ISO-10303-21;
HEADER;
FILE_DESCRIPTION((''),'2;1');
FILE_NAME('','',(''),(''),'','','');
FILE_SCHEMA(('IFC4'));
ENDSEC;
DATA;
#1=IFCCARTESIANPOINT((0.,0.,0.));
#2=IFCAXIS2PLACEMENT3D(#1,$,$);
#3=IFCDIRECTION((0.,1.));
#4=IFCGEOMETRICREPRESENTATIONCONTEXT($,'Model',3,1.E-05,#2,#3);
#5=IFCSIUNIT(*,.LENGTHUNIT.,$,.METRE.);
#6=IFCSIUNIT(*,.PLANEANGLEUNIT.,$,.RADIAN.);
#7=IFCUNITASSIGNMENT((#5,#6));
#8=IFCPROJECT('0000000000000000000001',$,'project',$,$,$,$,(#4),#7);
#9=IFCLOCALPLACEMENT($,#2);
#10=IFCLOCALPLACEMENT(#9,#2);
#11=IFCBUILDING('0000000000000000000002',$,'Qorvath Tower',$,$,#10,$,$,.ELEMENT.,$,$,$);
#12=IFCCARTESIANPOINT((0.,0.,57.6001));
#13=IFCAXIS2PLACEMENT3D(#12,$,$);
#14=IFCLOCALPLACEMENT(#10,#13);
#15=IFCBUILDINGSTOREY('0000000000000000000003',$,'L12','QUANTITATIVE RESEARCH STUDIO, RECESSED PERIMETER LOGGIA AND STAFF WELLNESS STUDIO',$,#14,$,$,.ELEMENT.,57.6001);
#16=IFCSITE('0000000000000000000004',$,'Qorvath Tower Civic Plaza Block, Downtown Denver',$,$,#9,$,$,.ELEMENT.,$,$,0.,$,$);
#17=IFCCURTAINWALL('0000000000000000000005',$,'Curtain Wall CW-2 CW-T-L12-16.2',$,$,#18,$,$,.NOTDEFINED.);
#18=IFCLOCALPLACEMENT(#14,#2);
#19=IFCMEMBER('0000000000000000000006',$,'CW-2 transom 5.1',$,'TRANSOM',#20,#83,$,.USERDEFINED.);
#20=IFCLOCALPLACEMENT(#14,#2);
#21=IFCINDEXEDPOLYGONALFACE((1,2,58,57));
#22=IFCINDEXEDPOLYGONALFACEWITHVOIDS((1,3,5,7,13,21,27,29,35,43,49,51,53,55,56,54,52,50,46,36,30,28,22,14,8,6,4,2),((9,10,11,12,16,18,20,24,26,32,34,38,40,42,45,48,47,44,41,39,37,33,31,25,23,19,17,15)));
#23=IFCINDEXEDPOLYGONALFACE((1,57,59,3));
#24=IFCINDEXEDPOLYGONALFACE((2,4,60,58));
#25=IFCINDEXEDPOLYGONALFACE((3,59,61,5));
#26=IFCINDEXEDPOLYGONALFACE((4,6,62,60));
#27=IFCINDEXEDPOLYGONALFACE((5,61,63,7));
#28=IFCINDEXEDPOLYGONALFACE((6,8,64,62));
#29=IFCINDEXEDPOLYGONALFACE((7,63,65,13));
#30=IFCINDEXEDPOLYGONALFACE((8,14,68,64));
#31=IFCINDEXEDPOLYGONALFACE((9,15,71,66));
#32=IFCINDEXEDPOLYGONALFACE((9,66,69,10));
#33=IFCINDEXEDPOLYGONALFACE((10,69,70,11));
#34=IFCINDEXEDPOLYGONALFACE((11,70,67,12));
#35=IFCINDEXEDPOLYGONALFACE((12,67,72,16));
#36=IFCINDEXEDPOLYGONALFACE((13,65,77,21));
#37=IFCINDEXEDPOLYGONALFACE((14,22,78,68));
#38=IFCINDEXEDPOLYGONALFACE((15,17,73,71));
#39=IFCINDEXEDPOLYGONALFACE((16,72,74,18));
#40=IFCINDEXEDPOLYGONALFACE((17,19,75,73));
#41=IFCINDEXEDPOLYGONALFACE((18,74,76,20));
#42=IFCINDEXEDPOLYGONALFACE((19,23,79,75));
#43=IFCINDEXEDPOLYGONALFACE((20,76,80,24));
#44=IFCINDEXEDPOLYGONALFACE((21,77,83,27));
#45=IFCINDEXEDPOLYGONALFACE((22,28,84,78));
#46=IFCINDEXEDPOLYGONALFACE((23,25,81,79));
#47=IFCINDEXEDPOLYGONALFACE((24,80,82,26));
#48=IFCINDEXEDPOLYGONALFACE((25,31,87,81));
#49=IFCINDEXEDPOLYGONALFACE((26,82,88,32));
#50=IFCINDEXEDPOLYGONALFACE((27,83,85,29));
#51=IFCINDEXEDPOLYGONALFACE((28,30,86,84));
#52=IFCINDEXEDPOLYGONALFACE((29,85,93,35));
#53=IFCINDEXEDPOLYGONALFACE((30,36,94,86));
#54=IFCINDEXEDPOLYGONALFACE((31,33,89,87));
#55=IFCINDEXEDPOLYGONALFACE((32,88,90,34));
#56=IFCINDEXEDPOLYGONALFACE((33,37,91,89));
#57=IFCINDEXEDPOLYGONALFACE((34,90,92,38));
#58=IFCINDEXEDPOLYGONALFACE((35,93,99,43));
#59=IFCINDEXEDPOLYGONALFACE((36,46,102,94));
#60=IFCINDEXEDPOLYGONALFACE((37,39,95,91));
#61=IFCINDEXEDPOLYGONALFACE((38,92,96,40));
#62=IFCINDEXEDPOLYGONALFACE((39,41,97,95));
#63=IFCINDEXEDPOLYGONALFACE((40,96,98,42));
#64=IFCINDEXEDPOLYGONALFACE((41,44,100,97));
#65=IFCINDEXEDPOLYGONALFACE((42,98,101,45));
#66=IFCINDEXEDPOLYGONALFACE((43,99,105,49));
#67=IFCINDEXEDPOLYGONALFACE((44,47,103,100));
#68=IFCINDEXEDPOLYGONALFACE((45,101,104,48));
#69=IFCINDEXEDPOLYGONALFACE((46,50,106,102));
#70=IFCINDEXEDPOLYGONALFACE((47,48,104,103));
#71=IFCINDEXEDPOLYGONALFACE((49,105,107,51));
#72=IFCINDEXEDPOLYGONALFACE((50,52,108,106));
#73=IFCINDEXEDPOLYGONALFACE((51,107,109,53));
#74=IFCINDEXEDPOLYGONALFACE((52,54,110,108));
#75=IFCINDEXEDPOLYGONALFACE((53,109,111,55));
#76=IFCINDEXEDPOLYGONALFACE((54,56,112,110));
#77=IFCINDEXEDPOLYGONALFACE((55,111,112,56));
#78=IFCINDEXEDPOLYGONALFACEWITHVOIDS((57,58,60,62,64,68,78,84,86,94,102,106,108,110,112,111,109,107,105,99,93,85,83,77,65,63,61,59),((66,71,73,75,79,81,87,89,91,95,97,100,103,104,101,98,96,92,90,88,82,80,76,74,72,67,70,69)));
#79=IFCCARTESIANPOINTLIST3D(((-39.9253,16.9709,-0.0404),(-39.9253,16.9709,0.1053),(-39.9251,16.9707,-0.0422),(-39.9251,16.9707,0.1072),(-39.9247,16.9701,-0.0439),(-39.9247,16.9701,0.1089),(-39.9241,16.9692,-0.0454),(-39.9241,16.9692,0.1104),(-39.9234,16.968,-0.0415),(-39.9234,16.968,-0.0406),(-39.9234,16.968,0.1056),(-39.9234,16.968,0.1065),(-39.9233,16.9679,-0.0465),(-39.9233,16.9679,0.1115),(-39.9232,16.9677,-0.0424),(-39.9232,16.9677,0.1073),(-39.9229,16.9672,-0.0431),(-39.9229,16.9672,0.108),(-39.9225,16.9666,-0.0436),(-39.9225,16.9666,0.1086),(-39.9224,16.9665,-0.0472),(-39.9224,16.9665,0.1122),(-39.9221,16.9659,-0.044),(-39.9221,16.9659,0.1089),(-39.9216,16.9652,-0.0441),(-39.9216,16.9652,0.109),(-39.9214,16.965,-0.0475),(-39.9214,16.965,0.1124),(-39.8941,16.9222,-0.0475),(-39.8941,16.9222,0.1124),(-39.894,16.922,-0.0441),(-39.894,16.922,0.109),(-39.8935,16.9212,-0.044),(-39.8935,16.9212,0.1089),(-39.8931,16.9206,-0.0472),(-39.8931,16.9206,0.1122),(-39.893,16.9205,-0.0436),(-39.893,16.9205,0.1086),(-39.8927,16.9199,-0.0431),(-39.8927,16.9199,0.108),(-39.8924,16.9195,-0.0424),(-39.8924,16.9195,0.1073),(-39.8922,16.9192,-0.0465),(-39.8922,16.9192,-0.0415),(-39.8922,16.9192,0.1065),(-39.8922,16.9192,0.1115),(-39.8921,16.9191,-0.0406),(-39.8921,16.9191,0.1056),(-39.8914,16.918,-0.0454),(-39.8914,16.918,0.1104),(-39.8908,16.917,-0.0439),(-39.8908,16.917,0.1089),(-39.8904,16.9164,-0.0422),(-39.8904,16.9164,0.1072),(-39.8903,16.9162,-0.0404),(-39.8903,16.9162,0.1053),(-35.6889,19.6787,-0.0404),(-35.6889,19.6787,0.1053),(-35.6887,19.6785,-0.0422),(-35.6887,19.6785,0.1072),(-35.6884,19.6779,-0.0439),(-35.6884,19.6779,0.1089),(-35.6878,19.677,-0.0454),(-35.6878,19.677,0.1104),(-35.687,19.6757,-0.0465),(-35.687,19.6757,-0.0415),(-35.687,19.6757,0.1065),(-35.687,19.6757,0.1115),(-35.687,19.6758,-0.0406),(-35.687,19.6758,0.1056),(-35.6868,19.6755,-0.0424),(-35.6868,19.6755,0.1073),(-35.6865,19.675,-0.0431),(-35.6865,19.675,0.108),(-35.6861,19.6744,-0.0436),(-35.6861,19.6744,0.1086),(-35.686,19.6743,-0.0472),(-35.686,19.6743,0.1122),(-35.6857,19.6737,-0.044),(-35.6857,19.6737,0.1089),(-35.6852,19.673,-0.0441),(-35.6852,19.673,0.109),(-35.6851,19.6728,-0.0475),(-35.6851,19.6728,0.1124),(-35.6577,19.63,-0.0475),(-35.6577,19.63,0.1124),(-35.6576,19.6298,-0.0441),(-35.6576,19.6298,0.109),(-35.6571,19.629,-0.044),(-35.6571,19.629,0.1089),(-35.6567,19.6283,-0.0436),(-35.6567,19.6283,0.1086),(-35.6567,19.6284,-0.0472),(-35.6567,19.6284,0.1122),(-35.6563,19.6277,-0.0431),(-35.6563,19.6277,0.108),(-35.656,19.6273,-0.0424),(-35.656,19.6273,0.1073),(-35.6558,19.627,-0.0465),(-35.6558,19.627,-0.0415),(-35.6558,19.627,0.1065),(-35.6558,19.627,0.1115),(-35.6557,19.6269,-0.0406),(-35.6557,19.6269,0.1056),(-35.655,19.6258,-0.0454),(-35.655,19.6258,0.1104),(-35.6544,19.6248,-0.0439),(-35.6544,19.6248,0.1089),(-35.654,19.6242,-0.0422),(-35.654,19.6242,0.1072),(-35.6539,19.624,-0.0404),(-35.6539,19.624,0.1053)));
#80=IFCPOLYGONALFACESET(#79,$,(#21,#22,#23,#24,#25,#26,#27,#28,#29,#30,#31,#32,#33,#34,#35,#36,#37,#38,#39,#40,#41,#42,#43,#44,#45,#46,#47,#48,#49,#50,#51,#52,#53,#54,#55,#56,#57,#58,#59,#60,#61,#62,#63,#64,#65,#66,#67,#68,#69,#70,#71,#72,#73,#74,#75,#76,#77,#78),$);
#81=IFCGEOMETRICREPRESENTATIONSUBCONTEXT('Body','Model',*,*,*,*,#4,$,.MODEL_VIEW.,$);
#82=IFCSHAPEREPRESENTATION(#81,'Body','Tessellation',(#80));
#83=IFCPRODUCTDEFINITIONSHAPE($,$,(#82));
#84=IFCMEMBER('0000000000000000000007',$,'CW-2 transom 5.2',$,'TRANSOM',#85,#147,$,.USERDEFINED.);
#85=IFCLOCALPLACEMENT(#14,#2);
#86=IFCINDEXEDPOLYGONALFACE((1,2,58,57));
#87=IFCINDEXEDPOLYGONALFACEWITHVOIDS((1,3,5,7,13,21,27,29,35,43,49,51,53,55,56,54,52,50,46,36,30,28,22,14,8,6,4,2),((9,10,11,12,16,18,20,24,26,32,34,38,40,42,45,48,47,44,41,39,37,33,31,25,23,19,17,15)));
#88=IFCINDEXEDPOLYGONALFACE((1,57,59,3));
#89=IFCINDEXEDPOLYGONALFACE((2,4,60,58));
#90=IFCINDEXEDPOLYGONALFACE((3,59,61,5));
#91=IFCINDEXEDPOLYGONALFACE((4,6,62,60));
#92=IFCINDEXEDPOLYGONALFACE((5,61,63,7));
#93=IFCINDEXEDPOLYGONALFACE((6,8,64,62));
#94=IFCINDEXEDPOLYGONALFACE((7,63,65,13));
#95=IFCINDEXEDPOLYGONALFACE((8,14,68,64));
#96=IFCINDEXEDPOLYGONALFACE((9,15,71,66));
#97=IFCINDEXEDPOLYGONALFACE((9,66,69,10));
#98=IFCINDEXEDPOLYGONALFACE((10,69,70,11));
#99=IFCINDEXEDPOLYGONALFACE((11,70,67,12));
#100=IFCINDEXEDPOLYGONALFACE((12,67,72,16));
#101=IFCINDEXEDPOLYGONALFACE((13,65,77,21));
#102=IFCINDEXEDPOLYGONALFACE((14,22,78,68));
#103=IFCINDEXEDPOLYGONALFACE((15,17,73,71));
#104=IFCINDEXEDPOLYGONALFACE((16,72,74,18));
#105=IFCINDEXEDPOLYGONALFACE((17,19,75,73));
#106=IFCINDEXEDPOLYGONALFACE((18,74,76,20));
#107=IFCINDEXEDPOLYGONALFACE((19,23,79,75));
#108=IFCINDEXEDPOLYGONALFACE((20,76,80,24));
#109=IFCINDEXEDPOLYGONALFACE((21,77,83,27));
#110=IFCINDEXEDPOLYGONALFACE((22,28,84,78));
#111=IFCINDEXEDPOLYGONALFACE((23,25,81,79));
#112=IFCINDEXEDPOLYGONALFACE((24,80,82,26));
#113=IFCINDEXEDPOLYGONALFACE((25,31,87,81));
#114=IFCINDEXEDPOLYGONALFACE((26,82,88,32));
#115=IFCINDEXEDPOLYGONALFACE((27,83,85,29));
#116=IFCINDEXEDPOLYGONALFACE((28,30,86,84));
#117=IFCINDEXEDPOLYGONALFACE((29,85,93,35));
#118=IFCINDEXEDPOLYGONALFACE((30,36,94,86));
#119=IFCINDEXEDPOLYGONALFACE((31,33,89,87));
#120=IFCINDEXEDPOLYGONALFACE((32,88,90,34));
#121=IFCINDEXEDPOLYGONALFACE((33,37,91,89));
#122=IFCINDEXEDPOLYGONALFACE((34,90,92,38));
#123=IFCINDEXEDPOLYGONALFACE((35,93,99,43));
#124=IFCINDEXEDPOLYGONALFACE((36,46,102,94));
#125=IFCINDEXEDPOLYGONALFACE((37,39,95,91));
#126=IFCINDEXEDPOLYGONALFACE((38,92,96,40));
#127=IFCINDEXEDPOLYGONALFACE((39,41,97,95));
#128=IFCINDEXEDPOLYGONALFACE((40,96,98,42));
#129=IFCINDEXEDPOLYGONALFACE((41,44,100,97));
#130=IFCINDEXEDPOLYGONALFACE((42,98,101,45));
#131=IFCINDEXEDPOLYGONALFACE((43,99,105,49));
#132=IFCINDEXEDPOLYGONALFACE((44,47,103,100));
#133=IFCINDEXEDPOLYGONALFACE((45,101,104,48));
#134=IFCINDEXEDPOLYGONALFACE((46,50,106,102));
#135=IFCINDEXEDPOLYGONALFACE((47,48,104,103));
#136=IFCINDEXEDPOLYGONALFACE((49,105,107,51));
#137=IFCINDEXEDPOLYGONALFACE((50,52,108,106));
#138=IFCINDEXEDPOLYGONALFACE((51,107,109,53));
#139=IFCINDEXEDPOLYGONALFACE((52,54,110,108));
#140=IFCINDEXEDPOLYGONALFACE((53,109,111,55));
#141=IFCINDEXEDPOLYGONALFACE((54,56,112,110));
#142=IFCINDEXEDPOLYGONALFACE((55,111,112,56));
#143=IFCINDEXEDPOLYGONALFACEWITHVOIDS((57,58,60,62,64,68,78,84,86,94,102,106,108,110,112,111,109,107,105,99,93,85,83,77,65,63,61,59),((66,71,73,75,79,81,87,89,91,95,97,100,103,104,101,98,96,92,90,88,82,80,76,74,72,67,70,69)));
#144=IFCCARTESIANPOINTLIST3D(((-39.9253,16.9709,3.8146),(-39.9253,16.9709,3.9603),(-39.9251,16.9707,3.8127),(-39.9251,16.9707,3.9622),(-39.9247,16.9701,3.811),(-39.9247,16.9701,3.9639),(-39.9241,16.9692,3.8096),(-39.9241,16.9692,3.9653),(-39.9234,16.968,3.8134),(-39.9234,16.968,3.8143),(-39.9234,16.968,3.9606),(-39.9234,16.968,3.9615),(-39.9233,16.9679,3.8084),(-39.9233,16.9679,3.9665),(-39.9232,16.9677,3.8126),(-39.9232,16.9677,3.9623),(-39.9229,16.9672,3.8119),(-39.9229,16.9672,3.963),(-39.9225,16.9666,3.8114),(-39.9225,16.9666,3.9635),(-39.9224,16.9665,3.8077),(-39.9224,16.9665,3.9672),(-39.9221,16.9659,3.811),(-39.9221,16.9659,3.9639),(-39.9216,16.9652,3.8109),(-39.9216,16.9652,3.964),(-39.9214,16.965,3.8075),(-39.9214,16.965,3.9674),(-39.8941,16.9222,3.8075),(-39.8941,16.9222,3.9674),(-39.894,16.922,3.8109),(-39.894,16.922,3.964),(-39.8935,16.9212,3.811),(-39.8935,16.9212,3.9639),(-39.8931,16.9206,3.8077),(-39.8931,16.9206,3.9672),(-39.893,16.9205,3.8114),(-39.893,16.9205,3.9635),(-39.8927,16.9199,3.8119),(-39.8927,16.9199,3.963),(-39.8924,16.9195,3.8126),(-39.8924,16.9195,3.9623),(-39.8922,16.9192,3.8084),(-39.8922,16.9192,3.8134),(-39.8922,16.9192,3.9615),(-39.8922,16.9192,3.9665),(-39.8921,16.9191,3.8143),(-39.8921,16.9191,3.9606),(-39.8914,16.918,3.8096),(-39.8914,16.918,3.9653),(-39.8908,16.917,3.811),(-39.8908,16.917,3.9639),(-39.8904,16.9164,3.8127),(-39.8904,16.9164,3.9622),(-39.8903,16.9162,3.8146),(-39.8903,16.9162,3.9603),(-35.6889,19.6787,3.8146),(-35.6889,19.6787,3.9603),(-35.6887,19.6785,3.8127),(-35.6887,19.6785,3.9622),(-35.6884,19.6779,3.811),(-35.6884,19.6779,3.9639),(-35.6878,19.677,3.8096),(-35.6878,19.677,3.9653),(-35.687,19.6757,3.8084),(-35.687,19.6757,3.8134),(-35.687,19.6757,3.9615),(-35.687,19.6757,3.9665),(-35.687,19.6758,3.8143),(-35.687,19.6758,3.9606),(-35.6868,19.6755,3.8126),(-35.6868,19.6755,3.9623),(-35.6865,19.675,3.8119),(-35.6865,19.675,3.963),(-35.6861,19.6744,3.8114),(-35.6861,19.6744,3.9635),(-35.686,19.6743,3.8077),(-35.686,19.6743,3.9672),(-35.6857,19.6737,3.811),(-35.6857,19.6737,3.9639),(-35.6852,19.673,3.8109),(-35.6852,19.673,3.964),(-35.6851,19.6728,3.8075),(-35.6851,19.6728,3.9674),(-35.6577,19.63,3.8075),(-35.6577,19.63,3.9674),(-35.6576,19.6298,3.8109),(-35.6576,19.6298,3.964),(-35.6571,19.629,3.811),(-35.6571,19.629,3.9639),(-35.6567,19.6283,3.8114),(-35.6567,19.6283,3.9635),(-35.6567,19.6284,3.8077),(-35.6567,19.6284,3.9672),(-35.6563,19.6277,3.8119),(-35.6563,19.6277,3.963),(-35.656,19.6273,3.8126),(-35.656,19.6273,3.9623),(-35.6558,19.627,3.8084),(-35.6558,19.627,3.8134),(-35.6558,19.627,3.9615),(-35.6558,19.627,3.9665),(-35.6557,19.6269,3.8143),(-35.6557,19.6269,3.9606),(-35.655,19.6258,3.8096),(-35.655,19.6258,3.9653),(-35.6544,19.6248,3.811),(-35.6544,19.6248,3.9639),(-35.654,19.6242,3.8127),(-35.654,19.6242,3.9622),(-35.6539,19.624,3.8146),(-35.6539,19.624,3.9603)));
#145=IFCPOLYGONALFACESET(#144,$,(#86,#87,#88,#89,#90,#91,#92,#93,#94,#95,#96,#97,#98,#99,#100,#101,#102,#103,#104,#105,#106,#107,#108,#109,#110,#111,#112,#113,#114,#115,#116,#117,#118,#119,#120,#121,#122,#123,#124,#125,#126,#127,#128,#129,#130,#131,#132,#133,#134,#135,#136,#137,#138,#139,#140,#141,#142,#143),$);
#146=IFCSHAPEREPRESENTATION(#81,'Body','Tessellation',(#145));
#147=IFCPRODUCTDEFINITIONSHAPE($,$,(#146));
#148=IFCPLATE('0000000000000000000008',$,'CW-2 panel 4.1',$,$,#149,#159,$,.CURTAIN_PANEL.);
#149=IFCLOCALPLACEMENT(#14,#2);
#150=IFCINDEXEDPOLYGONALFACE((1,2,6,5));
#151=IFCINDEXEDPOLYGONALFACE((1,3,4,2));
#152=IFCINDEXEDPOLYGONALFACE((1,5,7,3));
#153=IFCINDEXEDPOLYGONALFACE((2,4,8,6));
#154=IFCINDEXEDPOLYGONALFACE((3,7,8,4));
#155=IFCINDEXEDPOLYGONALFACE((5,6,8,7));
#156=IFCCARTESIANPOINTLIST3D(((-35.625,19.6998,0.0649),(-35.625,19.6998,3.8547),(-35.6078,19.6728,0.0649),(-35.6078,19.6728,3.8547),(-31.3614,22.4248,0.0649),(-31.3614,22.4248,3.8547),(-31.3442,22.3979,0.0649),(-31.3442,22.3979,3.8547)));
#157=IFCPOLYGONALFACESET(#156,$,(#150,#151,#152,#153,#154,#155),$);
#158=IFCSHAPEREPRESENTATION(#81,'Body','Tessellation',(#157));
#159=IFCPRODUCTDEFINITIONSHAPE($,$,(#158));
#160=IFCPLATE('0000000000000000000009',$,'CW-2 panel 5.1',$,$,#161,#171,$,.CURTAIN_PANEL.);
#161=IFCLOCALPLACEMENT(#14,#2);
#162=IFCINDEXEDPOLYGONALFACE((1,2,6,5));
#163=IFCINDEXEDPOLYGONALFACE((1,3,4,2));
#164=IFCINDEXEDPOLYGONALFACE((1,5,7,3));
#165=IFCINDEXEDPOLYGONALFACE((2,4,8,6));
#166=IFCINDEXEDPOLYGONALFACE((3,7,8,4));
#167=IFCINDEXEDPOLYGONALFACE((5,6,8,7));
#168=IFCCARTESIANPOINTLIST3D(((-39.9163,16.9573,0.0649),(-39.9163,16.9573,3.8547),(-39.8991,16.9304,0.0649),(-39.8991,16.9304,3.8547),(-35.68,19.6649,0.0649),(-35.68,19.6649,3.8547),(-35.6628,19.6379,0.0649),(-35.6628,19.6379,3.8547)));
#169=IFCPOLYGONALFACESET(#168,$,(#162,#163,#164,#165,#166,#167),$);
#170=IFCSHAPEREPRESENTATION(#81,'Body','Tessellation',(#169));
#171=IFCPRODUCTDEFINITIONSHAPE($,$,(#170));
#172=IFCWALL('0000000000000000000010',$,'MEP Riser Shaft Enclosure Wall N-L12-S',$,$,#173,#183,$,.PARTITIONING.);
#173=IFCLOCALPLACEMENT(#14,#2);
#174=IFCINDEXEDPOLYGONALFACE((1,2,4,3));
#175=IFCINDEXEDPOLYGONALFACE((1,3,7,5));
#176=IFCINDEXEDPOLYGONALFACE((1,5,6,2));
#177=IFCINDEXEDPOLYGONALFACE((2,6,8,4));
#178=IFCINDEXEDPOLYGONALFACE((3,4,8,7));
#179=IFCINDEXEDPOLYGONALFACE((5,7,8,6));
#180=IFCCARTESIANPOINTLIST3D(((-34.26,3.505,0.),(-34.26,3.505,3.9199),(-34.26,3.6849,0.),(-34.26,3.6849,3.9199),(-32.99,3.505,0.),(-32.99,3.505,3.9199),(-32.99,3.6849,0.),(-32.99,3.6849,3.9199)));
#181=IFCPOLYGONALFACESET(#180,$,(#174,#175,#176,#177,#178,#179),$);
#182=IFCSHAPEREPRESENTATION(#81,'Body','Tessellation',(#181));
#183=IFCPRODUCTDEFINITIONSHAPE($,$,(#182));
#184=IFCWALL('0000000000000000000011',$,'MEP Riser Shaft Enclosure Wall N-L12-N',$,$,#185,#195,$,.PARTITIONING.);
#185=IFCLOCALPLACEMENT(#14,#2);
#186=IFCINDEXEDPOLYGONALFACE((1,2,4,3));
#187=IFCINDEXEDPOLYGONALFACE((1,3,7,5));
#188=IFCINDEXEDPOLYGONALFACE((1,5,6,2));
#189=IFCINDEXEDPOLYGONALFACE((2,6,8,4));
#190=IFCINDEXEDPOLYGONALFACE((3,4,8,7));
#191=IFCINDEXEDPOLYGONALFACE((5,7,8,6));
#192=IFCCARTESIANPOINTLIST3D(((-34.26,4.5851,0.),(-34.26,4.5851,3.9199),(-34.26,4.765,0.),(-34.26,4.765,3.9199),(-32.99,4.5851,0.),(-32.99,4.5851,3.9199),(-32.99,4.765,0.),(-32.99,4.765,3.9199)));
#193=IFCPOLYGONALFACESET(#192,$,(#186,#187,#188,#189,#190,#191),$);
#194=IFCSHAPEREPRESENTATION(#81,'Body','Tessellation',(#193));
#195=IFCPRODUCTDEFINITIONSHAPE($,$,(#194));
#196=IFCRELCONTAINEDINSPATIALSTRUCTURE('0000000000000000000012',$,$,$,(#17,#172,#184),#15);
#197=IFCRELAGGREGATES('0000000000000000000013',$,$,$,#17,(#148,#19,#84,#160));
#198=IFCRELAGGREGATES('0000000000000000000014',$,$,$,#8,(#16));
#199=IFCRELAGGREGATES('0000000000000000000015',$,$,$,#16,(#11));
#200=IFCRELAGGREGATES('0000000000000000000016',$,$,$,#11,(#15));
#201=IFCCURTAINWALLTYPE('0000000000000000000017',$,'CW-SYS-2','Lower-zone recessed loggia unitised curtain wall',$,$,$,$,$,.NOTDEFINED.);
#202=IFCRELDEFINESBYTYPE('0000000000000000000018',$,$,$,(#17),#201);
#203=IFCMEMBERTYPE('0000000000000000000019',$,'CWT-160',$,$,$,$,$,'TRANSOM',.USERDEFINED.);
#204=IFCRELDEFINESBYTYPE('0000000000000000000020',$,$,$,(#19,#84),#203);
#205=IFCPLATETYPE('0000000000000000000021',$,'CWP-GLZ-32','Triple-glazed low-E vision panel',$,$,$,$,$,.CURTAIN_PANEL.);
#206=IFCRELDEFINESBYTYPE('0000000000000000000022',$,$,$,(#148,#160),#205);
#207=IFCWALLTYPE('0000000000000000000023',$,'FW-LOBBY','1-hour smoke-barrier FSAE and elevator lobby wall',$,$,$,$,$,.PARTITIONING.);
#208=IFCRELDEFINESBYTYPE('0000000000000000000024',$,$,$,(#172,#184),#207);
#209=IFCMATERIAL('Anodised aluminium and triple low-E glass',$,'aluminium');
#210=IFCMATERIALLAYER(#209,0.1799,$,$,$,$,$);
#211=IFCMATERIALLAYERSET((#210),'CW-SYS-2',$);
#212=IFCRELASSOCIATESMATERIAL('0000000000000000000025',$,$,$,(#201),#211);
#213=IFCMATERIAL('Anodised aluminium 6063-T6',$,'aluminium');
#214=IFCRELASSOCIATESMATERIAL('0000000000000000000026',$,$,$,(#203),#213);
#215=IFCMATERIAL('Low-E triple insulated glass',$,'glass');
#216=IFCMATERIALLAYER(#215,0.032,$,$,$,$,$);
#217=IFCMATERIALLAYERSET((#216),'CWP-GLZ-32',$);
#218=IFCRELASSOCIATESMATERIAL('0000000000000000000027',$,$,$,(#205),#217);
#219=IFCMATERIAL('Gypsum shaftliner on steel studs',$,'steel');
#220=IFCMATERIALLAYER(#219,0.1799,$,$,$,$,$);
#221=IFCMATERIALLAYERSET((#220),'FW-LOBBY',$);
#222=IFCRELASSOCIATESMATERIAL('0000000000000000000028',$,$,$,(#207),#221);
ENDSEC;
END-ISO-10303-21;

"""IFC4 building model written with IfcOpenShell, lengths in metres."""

from ifc_helpers import new_model, si_unit, direction, frame, frame_2d, origin, origin_2d, place, context, subcontext, project, spatial, rectangle, hollow_rectangle, extrude, material, layer, layer_set, material_profile, profile_set, type_object, element, aggregate, save


model = new_model("IFC4")

# Units and contexts
model_context = context("Model", 3, precision=1e-05, world=origin(), true_north=direction((0.0, 1.0)))
body_context = subcontext(model_context, "Body", "Model", "MODEL_VIEW")
ifc_project = project(units=[si_unit("LENGTHUNIT", "METRE"), si_unit("PLANEANGLEUNIT", "RADIAN")], contexts=[model_context])

# Site, building, storey
site_placement = place(None, origin())
site = spatial("IfcSite", under=ifc_project, at=site_placement, Name="Qorvath Tower Civic Plaza Block, Downtown Denver", CompositionType="ELEMENT", RefElevation=0.0)
building_placement = place(site_placement, origin())
building = spatial("IfcBuilding", under=site, at=building_placement, Name="Qorvath Tower", CompositionType="ELEMENT")
storey_placement = place(building_placement, frame((0.0, 0.0, 57.6001)))
storey = spatial("IfcBuildingStorey", under=building, at=storey_placement, Name="L12", Description="QUANTITATIVE RESEARCH STUDIO, RECESSED PERIMETER LOGGIA AND STAFF WELLNESS STUDIO", CompositionType="ELEMENT", Elevation=57.6001)

# Curtain wall
ifc_material_1 = material(Name="Anodised aluminium and triple low-E glass", Category="aluminium")
ifc_layer_1 = layer(ifc_material_1, 0.1799)
ifc_layer_set_1 = layer_set([ifc_layer_1], Name="CW-SYS-2")
curtain_wall_type = type_object("IfcCurtainWallType", Name="CW-SYS-2", Description="Lower-zone recessed loggia unitised curtain wall", PredefinedType="NOTDEFINED", material=ifc_layer_set_1)
curtain_wall_1_placement = place(storey_placement, origin())
curtain_wall_1 = element("IfcCurtainWall", 1, at=curtain_wall_1_placement, inside=storey, type_object=curtain_wall_type, Name="Curtain Wall CW-2 CW-T-L12-16.2", PredefinedType="NOTDEFINED")

# Members
ifc_material_2 = material(Name="Anodised aluminium 6063-T6", Category="aluminium")
ifc_material_profile_1 = material_profile(ifc_material_2, hollow_rectangle(XDim=0.0649, YDim=0.1599, WallThickness=0.0034, InnerFilletRadius=0.0034, OuterFilletRadius=0.0071, at=origin_2d()), Name="CWT 160x65")
ifc_profile_set_1 = profile_set([ifc_material_profile_1], Name="Anodised aluminium 6063-T6")
member_type_1 = type_object("IfcMemberType", Name="CWT-160", ElementType="TRANSOM", PredefinedType="USERDEFINED", material=ifc_profile_set_1)
member_1_placement = place(storey_placement, frame((-35.6714, 19.6514, 0.0325), z_axis=(-0.842586, -0.538562, 0.0), x_axis=(0.538562, -0.842586, 0.0)))
member_1 = element("IfcMember", 2, at=member_1_placement, type_object=member_type_1, Name="CW-2 transom 5.1", ObjectType="TRANSOM", PredefinedType="USERDEFINED", context=body_context, shape_type="SweptSolid", body=[
    extrude(hollow_rectangle(XDim=0.0649, YDim=0.1599, WallThickness=0.0034, InnerFilletRadius=0.0034, OuterFilletRadius=0.0071, at=origin_2d()), origin(), (0.0, 0.0, 1.0), 5.0278),
])
member_2_placement = place(storey_placement, frame((-35.6714, 19.6514, 3.8875), z_axis=(-0.842586, -0.538562, 0.0), x_axis=(0.538562, -0.842586, 0.0)))
member_2 = element("IfcMember", 3, at=member_2_placement, type_object=member_type_1, Name="CW-2 transom 5.2", ObjectType="TRANSOM", PredefinedType="USERDEFINED", context=body_context, shape_type="SweptSolid", body=[
    extrude(hollow_rectangle(XDim=0.0649, YDim=0.1599, WallThickness=0.0034, InnerFilletRadius=0.0034, OuterFilletRadius=0.0071, at=origin_2d()), origin(), (0.0, 0.0, 1.0), 5.0278),
])

# Plates
ifc_material_3 = material(Name="Low-E triple insulated glass", Category="glass")
ifc_layer_2 = layer(ifc_material_3, 0.032)
ifc_layer_set_2 = layer_set([ifc_layer_2], Name="CWP-GLZ-32")
plate_type = type_object("IfcPlateType", Name="CWP-GLZ-32", Description="Triple-glazed low-E vision panel", PredefinedType="CURTAIN_PANEL", material=ifc_layer_set_2)
plate_1_placement = place(storey_placement, frame((-33.4846, 21.0488, 0.0649), z_axis=(0.0, 0.0, 1.0), x_axis=(-0.8426, -0.538539, 0.0)))
plate_1 = element("IfcPlate", 4, at=plate_1_placement, type_object=plate_type, Name="CW-2 panel 4.1", PredefinedType="CURTAIN_PANEL", context=body_context, shape_type="SweptSolid", body=[
    extrude(rectangle(XDim=5.0601, YDim=0.032, at=origin_2d()), origin(), (0.0, 0.0, 1.0), 3.7898),
])
plate_2_placement = place(storey_placement, frame((-37.7896, 18.2976, 0.0649), z_axis=(0.0, 0.0, 1.0), x_axis=(-0.8426, -0.538539, 0.0)))
plate_2 = element("IfcPlate", 5, at=plate_2_placement, type_object=plate_type, Name="CW-2 panel 5.1", PredefinedType="CURTAIN_PANEL", context=body_context, shape_type="SweptSolid", body=[
    extrude(rectangle(XDim=5.0276, YDim=0.032, at=origin_2d()), origin(), (0.0, 0.0, 1.0), 3.7898),
])
aggregate(curtain_wall_1, [plate_1, member_1, member_2, plate_2])

# Walls
ifc_material_4 = material(Name="Gypsum shaftliner on steel studs", Category="steel")
ifc_layer_3 = layer(ifc_material_4, 0.1799)
ifc_layer_set_3 = layer_set([ifc_layer_3], Name="FW-LOBBY")
wall_type_1 = type_object("IfcWallType", Name="FW-LOBBY", Description="1-hour smoke-barrier FSAE and elevator lobby wall", PredefinedType="PARTITIONING", material=ifc_layer_set_3)
for number, where, z_axis, x_axis, name in (
    (6, (-32.99, 3.595, 0.0), (0.0, 0.0, 1.0), (-1.0, 0.0, 0.0), "MEP Riser Shaft Enclosure Wall N-L12-S"),
    (7, (-34.26, 4.675, 0.0), (0.0, 0.0, 1.0), (1.0, 0.0, 0.0), "MEP Riser Shaft Enclosure Wall N-L12-N"),
):
    element("IfcWall", number, at=place(storey_placement, frame(where, z_axis=z_axis, x_axis=x_axis)), inside=storey, type_object=wall_type_1, Name=name, PredefinedType="PARTITIONING", context=body_context, shape_type="SweptSolid", body=[
        extrude(rectangle(XDim=1.27, YDim=0.1799, at=frame_2d((0.635, 0.0))), origin(), (0.0, 0.0, 1.0), 3.9199),
    ])

save(model, "model.ifc")
